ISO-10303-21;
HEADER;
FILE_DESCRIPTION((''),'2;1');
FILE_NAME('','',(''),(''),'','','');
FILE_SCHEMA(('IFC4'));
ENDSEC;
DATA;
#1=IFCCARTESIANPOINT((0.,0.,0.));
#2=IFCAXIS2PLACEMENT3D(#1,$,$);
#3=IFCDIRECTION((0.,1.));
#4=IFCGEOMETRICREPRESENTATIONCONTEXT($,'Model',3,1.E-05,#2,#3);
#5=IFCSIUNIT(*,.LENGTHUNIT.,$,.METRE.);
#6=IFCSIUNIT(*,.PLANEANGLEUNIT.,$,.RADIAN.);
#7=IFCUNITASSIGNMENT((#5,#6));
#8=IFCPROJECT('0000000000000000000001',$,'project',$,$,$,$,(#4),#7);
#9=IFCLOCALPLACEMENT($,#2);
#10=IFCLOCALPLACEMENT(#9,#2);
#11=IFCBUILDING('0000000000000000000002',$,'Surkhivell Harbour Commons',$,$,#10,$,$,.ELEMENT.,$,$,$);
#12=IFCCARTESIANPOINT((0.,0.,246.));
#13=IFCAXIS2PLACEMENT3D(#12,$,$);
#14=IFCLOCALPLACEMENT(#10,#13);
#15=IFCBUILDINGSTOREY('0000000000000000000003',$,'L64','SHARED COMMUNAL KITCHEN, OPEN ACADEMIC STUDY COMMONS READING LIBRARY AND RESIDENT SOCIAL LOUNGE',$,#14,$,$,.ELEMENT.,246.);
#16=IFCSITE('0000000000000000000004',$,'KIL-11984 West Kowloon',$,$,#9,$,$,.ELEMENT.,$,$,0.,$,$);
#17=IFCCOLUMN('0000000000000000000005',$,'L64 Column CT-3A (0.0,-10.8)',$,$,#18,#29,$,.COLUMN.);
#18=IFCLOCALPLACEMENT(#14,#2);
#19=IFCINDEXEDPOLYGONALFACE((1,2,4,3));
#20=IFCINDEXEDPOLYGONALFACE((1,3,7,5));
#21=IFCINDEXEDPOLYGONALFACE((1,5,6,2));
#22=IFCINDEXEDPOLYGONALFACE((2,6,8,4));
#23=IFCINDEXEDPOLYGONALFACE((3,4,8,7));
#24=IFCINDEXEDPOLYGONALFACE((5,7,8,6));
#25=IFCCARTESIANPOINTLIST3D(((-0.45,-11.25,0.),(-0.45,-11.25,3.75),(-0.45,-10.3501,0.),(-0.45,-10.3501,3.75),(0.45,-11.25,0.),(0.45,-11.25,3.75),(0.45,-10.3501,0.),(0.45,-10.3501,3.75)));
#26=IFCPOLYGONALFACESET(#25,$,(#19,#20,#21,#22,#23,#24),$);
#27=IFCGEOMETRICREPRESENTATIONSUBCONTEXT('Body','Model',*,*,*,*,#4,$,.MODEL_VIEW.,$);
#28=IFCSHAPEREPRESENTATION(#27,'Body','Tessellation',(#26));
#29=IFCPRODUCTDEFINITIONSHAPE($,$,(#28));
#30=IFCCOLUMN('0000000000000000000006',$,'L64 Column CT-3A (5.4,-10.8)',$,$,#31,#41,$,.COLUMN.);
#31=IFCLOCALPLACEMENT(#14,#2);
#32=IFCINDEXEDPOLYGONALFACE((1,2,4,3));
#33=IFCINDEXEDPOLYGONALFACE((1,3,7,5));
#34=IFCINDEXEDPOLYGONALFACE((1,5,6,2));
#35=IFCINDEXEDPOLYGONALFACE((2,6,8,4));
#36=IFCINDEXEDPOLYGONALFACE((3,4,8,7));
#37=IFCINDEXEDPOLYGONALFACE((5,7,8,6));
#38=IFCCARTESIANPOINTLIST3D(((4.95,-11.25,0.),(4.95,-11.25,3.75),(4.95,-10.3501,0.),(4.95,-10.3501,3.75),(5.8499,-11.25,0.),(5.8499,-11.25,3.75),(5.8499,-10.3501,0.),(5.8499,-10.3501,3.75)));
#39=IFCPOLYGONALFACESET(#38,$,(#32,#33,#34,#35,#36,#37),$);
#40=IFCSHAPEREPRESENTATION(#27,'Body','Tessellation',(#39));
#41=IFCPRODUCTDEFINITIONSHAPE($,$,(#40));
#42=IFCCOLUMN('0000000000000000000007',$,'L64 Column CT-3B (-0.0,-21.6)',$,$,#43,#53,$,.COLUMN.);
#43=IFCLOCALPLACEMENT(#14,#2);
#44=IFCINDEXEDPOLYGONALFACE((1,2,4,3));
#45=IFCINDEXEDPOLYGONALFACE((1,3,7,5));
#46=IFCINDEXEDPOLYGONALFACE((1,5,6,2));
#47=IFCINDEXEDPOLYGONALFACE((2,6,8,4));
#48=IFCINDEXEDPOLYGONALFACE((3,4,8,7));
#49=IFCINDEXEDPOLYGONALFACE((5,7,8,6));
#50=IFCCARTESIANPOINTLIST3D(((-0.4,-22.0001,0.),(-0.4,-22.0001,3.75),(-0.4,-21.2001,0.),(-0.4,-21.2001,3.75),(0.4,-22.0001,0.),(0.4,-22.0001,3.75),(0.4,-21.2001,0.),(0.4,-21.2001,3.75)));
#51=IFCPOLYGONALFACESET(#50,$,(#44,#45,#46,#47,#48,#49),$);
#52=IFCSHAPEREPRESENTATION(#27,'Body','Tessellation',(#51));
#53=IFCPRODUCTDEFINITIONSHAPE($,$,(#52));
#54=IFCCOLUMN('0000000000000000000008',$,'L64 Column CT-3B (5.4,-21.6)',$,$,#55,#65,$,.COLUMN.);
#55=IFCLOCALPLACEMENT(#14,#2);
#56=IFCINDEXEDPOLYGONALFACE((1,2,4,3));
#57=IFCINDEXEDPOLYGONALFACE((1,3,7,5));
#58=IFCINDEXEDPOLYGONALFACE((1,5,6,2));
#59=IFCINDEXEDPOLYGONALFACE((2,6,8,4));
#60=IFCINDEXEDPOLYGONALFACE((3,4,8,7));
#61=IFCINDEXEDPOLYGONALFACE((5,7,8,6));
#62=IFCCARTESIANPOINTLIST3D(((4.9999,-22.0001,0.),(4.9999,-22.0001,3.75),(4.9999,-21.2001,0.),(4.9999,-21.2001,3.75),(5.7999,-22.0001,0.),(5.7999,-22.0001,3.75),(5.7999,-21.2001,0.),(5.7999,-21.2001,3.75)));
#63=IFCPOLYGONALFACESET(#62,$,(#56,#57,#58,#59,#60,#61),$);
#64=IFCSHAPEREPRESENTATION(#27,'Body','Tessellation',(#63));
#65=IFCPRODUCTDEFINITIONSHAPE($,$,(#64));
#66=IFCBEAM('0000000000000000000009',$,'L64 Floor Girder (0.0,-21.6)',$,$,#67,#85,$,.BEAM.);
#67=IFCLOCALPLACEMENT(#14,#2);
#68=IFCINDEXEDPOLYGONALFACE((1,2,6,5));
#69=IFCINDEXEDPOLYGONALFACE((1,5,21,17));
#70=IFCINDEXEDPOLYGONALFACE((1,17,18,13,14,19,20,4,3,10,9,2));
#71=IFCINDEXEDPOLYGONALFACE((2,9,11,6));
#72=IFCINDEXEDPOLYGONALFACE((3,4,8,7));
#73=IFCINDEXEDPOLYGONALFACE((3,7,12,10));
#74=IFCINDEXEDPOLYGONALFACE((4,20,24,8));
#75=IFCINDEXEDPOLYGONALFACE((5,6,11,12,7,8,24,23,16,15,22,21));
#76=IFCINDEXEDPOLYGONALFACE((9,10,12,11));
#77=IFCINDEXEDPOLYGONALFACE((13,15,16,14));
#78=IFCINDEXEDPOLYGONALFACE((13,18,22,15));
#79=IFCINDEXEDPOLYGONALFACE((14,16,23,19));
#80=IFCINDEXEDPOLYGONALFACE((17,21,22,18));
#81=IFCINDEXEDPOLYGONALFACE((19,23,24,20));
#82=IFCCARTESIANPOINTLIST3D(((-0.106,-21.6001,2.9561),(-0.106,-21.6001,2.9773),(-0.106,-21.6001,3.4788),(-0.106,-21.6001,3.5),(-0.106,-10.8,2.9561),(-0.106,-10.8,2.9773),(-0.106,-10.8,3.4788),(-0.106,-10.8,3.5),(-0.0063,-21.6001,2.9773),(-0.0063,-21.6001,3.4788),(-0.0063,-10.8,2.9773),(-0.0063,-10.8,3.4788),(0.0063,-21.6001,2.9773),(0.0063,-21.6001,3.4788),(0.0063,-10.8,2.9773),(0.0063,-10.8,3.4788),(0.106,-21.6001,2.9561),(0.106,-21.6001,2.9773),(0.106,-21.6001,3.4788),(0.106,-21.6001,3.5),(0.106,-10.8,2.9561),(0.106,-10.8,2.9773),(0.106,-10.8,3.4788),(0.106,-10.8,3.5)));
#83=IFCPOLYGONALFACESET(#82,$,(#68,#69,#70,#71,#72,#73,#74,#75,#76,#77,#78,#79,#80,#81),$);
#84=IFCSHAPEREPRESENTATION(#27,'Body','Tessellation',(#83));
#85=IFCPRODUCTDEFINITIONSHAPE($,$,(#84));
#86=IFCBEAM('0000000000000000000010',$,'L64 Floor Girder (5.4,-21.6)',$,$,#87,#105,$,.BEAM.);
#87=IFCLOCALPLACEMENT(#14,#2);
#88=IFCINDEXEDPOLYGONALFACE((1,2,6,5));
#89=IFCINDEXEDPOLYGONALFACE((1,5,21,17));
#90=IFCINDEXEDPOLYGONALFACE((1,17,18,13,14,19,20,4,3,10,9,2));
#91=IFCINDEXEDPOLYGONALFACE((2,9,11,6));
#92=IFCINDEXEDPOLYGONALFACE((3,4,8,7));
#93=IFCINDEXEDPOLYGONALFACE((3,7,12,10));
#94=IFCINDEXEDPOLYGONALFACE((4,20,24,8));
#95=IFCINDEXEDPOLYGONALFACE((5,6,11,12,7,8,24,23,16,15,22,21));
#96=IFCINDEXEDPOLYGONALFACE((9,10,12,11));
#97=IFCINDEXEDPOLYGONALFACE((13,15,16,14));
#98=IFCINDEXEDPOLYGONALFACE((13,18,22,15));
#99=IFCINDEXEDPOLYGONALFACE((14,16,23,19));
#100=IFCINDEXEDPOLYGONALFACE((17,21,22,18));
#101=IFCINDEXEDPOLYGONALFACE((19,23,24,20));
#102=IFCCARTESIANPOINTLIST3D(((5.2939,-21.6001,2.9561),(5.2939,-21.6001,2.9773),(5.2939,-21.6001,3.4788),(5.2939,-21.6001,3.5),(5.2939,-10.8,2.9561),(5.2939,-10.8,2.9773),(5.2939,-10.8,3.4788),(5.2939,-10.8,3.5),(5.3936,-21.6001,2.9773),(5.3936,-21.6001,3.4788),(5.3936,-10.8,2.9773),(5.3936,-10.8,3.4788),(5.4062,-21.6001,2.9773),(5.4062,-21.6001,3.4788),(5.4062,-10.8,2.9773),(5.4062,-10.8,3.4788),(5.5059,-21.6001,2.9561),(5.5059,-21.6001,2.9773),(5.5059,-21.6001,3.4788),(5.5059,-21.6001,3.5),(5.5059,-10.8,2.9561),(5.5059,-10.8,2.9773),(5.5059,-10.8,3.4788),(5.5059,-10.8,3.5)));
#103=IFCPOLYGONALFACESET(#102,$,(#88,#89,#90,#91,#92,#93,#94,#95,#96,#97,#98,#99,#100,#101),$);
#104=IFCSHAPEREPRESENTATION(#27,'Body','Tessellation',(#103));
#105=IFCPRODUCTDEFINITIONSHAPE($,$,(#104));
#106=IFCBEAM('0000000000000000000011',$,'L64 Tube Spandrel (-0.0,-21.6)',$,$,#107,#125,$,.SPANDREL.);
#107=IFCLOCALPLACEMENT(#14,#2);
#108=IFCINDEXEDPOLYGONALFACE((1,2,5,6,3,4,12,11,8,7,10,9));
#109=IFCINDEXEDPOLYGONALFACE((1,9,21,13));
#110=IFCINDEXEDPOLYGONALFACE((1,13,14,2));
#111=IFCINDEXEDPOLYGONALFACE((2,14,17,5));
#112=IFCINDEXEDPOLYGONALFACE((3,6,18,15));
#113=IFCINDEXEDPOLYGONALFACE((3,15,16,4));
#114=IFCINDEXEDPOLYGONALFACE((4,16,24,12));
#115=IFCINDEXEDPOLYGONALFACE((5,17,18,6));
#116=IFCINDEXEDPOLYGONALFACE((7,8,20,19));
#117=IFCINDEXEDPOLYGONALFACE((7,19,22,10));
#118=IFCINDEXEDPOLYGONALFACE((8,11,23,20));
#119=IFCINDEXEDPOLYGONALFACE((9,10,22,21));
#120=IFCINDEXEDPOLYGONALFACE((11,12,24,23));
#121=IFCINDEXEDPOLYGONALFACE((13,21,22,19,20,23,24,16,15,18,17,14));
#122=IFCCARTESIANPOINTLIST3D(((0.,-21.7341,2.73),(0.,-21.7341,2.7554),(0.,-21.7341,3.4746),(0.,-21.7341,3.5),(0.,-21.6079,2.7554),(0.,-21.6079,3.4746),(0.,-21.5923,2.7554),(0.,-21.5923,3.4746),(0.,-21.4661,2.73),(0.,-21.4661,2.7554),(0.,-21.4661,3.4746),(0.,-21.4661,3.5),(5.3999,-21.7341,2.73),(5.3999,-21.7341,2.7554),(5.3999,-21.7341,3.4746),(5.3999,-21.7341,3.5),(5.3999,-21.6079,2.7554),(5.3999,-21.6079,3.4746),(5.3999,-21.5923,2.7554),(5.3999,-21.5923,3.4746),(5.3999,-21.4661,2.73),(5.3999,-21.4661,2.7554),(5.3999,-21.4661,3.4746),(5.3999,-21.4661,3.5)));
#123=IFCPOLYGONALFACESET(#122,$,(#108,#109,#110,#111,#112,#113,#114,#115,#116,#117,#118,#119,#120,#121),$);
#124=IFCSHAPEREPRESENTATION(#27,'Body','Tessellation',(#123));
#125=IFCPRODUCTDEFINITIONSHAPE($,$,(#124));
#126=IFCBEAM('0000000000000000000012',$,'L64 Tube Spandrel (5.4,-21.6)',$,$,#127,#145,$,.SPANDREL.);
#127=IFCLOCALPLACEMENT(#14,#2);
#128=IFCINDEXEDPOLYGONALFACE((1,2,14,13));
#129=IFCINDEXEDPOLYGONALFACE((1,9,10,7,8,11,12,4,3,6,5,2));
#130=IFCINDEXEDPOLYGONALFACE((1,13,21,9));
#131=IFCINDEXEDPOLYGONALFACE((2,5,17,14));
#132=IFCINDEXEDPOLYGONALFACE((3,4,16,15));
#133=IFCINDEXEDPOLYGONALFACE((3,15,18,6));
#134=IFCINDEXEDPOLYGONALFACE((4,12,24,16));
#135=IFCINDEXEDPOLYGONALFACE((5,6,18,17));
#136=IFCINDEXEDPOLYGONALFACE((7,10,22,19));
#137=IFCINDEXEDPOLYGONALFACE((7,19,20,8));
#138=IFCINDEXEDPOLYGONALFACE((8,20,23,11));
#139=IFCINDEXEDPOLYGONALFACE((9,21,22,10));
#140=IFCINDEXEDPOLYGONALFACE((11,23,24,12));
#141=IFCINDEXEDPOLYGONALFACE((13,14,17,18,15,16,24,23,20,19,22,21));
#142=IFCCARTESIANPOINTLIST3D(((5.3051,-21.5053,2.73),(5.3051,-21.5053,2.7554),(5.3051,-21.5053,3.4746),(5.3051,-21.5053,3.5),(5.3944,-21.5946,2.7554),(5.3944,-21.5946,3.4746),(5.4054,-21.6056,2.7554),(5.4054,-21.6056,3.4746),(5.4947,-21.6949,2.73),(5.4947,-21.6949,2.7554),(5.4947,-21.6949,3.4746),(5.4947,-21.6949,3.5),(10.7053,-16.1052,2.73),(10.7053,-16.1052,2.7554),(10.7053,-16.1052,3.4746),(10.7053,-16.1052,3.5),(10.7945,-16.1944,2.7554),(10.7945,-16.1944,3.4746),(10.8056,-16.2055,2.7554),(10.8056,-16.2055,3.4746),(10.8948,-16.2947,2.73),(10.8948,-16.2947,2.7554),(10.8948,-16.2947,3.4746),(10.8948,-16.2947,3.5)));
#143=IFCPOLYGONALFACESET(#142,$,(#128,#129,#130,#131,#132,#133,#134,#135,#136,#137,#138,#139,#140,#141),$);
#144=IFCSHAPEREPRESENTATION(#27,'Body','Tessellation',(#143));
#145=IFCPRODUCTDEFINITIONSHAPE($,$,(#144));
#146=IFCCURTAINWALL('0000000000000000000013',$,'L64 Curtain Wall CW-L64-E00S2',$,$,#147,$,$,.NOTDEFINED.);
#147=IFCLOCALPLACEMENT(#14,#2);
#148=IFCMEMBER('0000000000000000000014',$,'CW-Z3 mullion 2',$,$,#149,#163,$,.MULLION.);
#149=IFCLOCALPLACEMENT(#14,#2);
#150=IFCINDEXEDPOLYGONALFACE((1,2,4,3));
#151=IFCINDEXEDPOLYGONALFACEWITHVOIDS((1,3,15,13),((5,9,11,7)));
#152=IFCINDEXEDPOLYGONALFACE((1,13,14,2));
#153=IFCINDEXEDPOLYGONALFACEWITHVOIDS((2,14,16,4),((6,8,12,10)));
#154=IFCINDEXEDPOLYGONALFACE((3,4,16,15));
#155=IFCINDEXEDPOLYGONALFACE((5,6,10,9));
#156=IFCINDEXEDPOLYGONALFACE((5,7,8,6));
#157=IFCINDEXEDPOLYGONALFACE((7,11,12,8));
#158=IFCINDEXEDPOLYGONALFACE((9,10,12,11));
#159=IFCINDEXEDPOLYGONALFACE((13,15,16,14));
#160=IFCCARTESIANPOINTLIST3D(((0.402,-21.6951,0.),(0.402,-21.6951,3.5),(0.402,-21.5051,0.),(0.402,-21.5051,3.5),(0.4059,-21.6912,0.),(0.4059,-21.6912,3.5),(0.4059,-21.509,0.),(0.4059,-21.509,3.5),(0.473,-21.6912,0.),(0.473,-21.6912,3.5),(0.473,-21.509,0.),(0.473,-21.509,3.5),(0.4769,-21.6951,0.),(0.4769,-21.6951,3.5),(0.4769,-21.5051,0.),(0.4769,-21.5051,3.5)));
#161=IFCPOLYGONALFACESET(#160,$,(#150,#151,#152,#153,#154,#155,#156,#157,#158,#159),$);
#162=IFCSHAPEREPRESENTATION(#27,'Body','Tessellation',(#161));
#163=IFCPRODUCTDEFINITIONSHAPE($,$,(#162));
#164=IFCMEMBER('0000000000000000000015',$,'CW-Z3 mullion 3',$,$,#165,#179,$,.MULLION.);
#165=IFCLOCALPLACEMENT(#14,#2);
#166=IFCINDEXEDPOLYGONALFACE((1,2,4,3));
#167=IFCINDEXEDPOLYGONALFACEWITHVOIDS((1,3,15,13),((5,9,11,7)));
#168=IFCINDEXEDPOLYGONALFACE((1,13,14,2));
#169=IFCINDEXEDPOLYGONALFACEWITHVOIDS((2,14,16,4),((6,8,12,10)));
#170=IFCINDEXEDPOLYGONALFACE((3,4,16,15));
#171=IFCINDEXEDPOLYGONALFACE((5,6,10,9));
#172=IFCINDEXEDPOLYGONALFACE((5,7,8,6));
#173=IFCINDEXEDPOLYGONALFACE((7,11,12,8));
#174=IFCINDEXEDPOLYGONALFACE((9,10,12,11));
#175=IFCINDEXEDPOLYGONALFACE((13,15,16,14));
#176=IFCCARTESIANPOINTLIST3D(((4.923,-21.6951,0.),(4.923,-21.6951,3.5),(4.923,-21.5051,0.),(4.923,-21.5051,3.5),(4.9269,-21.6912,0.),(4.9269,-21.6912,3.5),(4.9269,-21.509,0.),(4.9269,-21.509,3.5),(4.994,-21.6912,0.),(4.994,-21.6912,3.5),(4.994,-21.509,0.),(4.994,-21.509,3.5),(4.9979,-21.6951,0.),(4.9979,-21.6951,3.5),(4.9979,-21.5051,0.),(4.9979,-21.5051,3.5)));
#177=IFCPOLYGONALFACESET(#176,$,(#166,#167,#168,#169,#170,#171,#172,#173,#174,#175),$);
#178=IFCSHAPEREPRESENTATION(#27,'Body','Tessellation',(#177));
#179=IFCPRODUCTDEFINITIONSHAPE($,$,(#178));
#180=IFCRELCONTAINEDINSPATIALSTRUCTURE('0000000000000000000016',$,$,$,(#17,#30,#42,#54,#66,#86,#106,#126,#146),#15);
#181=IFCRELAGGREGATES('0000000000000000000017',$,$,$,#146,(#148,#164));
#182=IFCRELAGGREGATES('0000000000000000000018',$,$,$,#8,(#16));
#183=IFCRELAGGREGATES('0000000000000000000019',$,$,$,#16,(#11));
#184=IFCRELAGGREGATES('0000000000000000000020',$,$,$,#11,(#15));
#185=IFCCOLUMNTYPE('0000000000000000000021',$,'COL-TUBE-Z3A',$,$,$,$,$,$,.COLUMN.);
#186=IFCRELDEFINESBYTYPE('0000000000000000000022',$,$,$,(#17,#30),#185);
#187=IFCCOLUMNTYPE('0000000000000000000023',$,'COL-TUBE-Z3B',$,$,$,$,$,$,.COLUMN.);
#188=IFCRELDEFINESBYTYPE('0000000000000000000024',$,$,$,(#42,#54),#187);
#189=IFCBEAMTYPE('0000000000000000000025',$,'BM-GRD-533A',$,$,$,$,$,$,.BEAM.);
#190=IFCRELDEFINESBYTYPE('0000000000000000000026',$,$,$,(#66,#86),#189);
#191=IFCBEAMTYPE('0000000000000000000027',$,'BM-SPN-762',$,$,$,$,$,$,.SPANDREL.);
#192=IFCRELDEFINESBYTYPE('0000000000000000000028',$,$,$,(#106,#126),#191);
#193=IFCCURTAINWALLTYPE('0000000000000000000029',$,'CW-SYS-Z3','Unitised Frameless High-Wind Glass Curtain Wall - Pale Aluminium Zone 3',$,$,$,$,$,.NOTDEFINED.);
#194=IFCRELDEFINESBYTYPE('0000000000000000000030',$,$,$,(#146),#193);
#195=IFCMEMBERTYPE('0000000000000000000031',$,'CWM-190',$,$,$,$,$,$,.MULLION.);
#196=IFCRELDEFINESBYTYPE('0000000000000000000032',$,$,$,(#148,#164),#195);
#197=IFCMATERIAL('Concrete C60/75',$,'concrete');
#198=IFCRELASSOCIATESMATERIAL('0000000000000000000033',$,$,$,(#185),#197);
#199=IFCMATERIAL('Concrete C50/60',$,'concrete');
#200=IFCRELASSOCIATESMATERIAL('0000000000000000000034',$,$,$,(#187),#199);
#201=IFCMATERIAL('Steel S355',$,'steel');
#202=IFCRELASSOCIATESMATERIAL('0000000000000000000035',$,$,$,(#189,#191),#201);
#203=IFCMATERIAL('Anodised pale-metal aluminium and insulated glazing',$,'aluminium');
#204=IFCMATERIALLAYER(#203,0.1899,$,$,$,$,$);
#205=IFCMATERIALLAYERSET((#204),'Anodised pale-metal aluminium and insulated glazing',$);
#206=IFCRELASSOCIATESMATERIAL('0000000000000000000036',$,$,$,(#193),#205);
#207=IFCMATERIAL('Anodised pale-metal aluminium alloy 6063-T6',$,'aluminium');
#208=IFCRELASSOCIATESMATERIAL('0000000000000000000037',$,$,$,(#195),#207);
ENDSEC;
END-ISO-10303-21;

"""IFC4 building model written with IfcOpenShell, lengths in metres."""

from ifc_helpers import new_model, si_unit, direction, frame, origin, origin_2d, place, context, subcontext, project, spatial, rectangle, hollow_rectangle, i_section, extrude, material, layer, layer_set, material_profile, profile_set, type_object, element, aggregate, save


model = new_model("IFC4")

# Units and contexts
model_context = context("Model", 3, precision=1e-05, world=origin(), true_north=direction((0.0, 1.0)))
body_context = subcontext(model_context, "Body", "Model", "MODEL_VIEW")
ifc_project = project(units=[si_unit("LENGTHUNIT", "METRE"), si_unit("PLANEANGLEUNIT", "RADIAN")], contexts=[model_context])

# Site, building, storey
site_placement = place(None, origin())
site = spatial("IfcSite", under=ifc_project, at=site_placement, Name="KIL-11984 West Kowloon", CompositionType="ELEMENT", RefElevation=0.0)
building_placement = place(site_placement, origin())
building = spatial("IfcBuilding", under=site, at=building_placement, Name="Surkhivell Harbour Commons", CompositionType="ELEMENT")
storey_placement = place(building_placement, frame((0.0, 0.0, 246.0)))
storey = spatial("IfcBuildingStorey", under=building, at=storey_placement, Name="L64", Description="SHARED COMMUNAL KITCHEN, OPEN ACADEMIC STUDY COMMONS READING LIBRARY AND RESIDENT SOCIAL LOUNGE", CompositionType="ELEMENT", Elevation=246.0)

# Columns
ifc_material_1 = material(Name="Concrete C60/75", Category="concrete")
ifc_material_profile_1 = material_profile(ifc_material_1, rectangle(XDim=0.8999, YDim=0.8999, at=origin_2d()), Name="RC-COL-900x900")
ifc_profile_set_1 = profile_set([ifc_material_profile_1], Name="Concrete C60/75")
column_type_1 = type_object("IfcColumnType", Name="COL-TUBE-Z3A", PredefinedType="COLUMN", material=ifc_profile_set_1)
for number, where, z_axis, x_axis, name in (
    (1, (0.0, -10.8, 0.0), (0.0, 0.0, 1.0), (1.0, 0.0, 0.0), "L64 Column CT-3A (0.0,-10.8)"),
    (2, (5.3999, -10.8, 0.0), (0.0, 0.0, 1.0), (1.0, 0.0, 0.0), "L64 Column CT-3A (5.4,-10.8)"),
):
    element("IfcColumn", number, at=place(storey_placement, frame(where, z_axis=z_axis, x_axis=x_axis)), inside=storey, type_object=column_type_1, Name=name, PredefinedType="COLUMN", context=body_context, shape_type="SweptSolid", body=[
        extrude(rectangle(XDim=0.8999, YDim=0.8999, at=origin_2d()), origin(), (0.0, 0.0, 1.0), 3.75),
    ])
ifc_material_2 = material(Name="Concrete C50/60", Category="concrete")
ifc_material_profile_2 = material_profile(ifc_material_2, rectangle(XDim=0.8, YDim=0.8, at=origin_2d()), Name="RC-COL-800x800")
ifc_profile_set_2 = profile_set([ifc_material_profile_2], Name="Concrete C50/60")
column_type_2 = type_object("IfcColumnType", Name="COL-TUBE-Z3B", PredefinedType="COLUMN", material=ifc_profile_set_2)
for number, where, z_axis, x_axis, name in (
    (3, (0.0, -21.6001, 0.0), (0.0, 0.0, 1.0), (1.0, 0.0, 0.0), "L64 Column CT-3B (-0.0,-21.6)"),
    (4, (5.3999, -21.6001, 0.0), (0.0, 0.0, 1.0), (1.0, 0.0, 0.0), "L64 Column CT-3B (5.4,-21.6)"),
):
    element("IfcColumn", number, at=place(storey_placement, frame(where, z_axis=z_axis, x_axis=x_axis)), inside=storey, type_object=column_type_2, Name=name, PredefinedType="COLUMN", context=body_context, shape_type="SweptSolid", body=[
        extrude(rectangle(XDim=0.8, YDim=0.8, at=origin_2d()), origin(), (0.0, 0.0, 1.0), 3.75),
    ])

# Beams
ifc_material_3 = material(Name="Steel S355", Category="steel")
ifc_material_profile_3 = material_profile(ifc_material_3, i_section(OverallWidth=0.2119, OverallDepth=0.5439, WebThickness=0.0127, FlangeThickness=0.0212, at=origin_2d()), Name="UB533x210x122")
ifc_profile_set_3 = profile_set([ifc_material_profile_3], Name="Steel S355")
beam_type_1 = type_object("IfcBeamType", Name="BM-GRD-533A", PredefinedType="BEAM", material=ifc_profile_set_3)
for number, where, z_axis, x_axis, name in (
    (5, (0.0, -21.6001, 3.228), (0.0, 1.0, 0.0), (-1.0, 0.0, 0.0), "L64 Floor Girder (0.0,-21.6)"),
    (6, (5.3999, -21.6001, 3.228), (0.0, 1.0, 0.0), (-1.0, 0.0, 0.0), "L64 Floor Girder (5.4,-21.6)"),
):
    element("IfcBeam", number, at=place(storey_placement, frame(where, z_axis=z_axis, x_axis=x_axis)), inside=storey, type_object=beam_type_1, Name=name, PredefinedType="BEAM", context=body_context, shape_type="SweptSolid", body=[
        extrude(i_section(OverallWidth=0.2119, OverallDepth=0.5439, WebThickness=0.0127, FlangeThickness=0.0212, at=origin_2d()), origin(), (0.0, 0.0, 1.0), 10.8),
    ])
ifc_material_profile_4 = material_profile(ifc_material_3, i_section(OverallWidth=0.2681, OverallDepth=0.77, WebThickness=0.0156, FlangeThickness=0.0254, at=origin_2d()), Name="UB762x267x197")
ifc_profile_set_4 = profile_set([ifc_material_profile_4], Name="Steel S355")
beam_type_2 = type_object("IfcBeamType", Name="BM-SPN-762", PredefinedType="SPANDREL", material=ifc_profile_set_4)
beam_1_placement = place(storey_placement, frame((0.0, -21.6001, 3.115), z_axis=(1.0, 0.0, 0.0), x_axis=(0.0, 1.0, 0.0)))
element("IfcBeam", 7, at=beam_1_placement, inside=storey, type_object=beam_type_2, Name="L64 Tube Spandrel (-0.0,-21.6)", PredefinedType="SPANDREL", context=body_context, shape_type="SweptSolid", body=[
    extrude(i_section(OverallWidth=0.2681, OverallDepth=0.77, WebThickness=0.0156, FlangeThickness=0.0254, at=origin_2d()), origin(), (0.0, 0.0, 1.0), 5.3999),
])
beam_2_placement = place(storey_placement, frame((5.3999, -21.6001, 3.115), z_axis=(0.707107, 0.707107, 0.0), x_axis=(-0.707107, 0.707107, 0.0)))
element("IfcBeam", 8, at=beam_2_placement, inside=storey, type_object=beam_type_2, Name="L64 Tube Spandrel (5.4,-21.6)", PredefinedType="SPANDREL", context=body_context, shape_type="SweptSolid", body=[
    extrude(i_section(OverallWidth=0.2681, OverallDepth=0.77, WebThickness=0.0156, FlangeThickness=0.0254, at=origin_2d()), origin(), (0.0, 0.0, 1.0), 7.637),
])

# Curtain wall, members
ifc_material_4 = material(Name="Anodised pale-metal aluminium and insulated glazing", Category="aluminium")
ifc_layer_1 = layer(ifc_material_4, 0.1899)
ifc_layer_set_1 = layer_set([ifc_layer_1], Name="Anodised pale-metal aluminium and insulated glazing")
curtain_wall_type = type_object("IfcCurtainWallType", Name="CW-SYS-Z3", Description="Unitised Frameless High-Wind Glass Curtain Wall - Pale Aluminium Zone 3", PredefinedType="NOTDEFINED", material=ifc_layer_set_1)
curtain_wall_placement = place(storey_placement, origin())
curtain_wall = element("IfcCurtainWall", 9, at=curtain_wall_placement, inside=storey, type_object=curtain_wall_type, Name="L64 Curtain Wall CW-L64-E00S2", PredefinedType="NOTDEFINED")
ifc_material_5 = material(Name="Anodised pale-metal aluminium alloy 6063-T6", Category="aluminium")
ifc_material_profile_5 = material_profile(ifc_material_5, hollow_rectangle(XDim=0.075, YDim=0.1899, WallThickness=0.0039, at=origin_2d()), Name="ALU-MULL-75x190")
ifc_profile_set_5 = profile_set([ifc_material_profile_5], Name="Anodised pale-metal aluminium alloy 6063-T6")
member_type_1 = type_object("IfcMemberType", Name="CWM-190", PredefinedType="MULLION", material=ifc_profile_set_5)
member_1_placement = place(storey_placement, frame((0.4395, -21.6001, 0.0), z_axis=(0.0, 0.0, 1.0), x_axis=(1.0, 0.0, 0.0)))
member_1 = element("IfcMember", 10, at=member_1_placement, type_object=member_type_1, Name="CW-Z3 mullion 2", PredefinedType="MULLION", context=body_context, shape_type="SweptSolid", body=[
    extrude(hollow_rectangle(XDim=0.075, YDim=0.1899, WallThickness=0.0039, at=origin_2d()), origin(), (0.0, 0.0, 1.0), 3.5),
])
member_2_placement = place(storey_placement, frame((4.9604, -21.6001, 0.0), z_axis=(0.0, 0.0, 1.0), x_axis=(1.0, 0.0, 0.0)))
member_2 = element("IfcMember", 11, at=member_2_placement, type_object=member_type_1, Name="CW-Z3 mullion 3", PredefinedType="MULLION", context=body_context, shape_type="SweptSolid", body=[
    extrude(hollow_rectangle(XDim=0.075, YDim=0.1899, WallThickness=0.0039, at=origin_2d()), origin(), (0.0, 0.0, 1.0), 3.5),
])
aggregate(curtain_wall, [member_1, member_2])

save(model, "model.ifc")
